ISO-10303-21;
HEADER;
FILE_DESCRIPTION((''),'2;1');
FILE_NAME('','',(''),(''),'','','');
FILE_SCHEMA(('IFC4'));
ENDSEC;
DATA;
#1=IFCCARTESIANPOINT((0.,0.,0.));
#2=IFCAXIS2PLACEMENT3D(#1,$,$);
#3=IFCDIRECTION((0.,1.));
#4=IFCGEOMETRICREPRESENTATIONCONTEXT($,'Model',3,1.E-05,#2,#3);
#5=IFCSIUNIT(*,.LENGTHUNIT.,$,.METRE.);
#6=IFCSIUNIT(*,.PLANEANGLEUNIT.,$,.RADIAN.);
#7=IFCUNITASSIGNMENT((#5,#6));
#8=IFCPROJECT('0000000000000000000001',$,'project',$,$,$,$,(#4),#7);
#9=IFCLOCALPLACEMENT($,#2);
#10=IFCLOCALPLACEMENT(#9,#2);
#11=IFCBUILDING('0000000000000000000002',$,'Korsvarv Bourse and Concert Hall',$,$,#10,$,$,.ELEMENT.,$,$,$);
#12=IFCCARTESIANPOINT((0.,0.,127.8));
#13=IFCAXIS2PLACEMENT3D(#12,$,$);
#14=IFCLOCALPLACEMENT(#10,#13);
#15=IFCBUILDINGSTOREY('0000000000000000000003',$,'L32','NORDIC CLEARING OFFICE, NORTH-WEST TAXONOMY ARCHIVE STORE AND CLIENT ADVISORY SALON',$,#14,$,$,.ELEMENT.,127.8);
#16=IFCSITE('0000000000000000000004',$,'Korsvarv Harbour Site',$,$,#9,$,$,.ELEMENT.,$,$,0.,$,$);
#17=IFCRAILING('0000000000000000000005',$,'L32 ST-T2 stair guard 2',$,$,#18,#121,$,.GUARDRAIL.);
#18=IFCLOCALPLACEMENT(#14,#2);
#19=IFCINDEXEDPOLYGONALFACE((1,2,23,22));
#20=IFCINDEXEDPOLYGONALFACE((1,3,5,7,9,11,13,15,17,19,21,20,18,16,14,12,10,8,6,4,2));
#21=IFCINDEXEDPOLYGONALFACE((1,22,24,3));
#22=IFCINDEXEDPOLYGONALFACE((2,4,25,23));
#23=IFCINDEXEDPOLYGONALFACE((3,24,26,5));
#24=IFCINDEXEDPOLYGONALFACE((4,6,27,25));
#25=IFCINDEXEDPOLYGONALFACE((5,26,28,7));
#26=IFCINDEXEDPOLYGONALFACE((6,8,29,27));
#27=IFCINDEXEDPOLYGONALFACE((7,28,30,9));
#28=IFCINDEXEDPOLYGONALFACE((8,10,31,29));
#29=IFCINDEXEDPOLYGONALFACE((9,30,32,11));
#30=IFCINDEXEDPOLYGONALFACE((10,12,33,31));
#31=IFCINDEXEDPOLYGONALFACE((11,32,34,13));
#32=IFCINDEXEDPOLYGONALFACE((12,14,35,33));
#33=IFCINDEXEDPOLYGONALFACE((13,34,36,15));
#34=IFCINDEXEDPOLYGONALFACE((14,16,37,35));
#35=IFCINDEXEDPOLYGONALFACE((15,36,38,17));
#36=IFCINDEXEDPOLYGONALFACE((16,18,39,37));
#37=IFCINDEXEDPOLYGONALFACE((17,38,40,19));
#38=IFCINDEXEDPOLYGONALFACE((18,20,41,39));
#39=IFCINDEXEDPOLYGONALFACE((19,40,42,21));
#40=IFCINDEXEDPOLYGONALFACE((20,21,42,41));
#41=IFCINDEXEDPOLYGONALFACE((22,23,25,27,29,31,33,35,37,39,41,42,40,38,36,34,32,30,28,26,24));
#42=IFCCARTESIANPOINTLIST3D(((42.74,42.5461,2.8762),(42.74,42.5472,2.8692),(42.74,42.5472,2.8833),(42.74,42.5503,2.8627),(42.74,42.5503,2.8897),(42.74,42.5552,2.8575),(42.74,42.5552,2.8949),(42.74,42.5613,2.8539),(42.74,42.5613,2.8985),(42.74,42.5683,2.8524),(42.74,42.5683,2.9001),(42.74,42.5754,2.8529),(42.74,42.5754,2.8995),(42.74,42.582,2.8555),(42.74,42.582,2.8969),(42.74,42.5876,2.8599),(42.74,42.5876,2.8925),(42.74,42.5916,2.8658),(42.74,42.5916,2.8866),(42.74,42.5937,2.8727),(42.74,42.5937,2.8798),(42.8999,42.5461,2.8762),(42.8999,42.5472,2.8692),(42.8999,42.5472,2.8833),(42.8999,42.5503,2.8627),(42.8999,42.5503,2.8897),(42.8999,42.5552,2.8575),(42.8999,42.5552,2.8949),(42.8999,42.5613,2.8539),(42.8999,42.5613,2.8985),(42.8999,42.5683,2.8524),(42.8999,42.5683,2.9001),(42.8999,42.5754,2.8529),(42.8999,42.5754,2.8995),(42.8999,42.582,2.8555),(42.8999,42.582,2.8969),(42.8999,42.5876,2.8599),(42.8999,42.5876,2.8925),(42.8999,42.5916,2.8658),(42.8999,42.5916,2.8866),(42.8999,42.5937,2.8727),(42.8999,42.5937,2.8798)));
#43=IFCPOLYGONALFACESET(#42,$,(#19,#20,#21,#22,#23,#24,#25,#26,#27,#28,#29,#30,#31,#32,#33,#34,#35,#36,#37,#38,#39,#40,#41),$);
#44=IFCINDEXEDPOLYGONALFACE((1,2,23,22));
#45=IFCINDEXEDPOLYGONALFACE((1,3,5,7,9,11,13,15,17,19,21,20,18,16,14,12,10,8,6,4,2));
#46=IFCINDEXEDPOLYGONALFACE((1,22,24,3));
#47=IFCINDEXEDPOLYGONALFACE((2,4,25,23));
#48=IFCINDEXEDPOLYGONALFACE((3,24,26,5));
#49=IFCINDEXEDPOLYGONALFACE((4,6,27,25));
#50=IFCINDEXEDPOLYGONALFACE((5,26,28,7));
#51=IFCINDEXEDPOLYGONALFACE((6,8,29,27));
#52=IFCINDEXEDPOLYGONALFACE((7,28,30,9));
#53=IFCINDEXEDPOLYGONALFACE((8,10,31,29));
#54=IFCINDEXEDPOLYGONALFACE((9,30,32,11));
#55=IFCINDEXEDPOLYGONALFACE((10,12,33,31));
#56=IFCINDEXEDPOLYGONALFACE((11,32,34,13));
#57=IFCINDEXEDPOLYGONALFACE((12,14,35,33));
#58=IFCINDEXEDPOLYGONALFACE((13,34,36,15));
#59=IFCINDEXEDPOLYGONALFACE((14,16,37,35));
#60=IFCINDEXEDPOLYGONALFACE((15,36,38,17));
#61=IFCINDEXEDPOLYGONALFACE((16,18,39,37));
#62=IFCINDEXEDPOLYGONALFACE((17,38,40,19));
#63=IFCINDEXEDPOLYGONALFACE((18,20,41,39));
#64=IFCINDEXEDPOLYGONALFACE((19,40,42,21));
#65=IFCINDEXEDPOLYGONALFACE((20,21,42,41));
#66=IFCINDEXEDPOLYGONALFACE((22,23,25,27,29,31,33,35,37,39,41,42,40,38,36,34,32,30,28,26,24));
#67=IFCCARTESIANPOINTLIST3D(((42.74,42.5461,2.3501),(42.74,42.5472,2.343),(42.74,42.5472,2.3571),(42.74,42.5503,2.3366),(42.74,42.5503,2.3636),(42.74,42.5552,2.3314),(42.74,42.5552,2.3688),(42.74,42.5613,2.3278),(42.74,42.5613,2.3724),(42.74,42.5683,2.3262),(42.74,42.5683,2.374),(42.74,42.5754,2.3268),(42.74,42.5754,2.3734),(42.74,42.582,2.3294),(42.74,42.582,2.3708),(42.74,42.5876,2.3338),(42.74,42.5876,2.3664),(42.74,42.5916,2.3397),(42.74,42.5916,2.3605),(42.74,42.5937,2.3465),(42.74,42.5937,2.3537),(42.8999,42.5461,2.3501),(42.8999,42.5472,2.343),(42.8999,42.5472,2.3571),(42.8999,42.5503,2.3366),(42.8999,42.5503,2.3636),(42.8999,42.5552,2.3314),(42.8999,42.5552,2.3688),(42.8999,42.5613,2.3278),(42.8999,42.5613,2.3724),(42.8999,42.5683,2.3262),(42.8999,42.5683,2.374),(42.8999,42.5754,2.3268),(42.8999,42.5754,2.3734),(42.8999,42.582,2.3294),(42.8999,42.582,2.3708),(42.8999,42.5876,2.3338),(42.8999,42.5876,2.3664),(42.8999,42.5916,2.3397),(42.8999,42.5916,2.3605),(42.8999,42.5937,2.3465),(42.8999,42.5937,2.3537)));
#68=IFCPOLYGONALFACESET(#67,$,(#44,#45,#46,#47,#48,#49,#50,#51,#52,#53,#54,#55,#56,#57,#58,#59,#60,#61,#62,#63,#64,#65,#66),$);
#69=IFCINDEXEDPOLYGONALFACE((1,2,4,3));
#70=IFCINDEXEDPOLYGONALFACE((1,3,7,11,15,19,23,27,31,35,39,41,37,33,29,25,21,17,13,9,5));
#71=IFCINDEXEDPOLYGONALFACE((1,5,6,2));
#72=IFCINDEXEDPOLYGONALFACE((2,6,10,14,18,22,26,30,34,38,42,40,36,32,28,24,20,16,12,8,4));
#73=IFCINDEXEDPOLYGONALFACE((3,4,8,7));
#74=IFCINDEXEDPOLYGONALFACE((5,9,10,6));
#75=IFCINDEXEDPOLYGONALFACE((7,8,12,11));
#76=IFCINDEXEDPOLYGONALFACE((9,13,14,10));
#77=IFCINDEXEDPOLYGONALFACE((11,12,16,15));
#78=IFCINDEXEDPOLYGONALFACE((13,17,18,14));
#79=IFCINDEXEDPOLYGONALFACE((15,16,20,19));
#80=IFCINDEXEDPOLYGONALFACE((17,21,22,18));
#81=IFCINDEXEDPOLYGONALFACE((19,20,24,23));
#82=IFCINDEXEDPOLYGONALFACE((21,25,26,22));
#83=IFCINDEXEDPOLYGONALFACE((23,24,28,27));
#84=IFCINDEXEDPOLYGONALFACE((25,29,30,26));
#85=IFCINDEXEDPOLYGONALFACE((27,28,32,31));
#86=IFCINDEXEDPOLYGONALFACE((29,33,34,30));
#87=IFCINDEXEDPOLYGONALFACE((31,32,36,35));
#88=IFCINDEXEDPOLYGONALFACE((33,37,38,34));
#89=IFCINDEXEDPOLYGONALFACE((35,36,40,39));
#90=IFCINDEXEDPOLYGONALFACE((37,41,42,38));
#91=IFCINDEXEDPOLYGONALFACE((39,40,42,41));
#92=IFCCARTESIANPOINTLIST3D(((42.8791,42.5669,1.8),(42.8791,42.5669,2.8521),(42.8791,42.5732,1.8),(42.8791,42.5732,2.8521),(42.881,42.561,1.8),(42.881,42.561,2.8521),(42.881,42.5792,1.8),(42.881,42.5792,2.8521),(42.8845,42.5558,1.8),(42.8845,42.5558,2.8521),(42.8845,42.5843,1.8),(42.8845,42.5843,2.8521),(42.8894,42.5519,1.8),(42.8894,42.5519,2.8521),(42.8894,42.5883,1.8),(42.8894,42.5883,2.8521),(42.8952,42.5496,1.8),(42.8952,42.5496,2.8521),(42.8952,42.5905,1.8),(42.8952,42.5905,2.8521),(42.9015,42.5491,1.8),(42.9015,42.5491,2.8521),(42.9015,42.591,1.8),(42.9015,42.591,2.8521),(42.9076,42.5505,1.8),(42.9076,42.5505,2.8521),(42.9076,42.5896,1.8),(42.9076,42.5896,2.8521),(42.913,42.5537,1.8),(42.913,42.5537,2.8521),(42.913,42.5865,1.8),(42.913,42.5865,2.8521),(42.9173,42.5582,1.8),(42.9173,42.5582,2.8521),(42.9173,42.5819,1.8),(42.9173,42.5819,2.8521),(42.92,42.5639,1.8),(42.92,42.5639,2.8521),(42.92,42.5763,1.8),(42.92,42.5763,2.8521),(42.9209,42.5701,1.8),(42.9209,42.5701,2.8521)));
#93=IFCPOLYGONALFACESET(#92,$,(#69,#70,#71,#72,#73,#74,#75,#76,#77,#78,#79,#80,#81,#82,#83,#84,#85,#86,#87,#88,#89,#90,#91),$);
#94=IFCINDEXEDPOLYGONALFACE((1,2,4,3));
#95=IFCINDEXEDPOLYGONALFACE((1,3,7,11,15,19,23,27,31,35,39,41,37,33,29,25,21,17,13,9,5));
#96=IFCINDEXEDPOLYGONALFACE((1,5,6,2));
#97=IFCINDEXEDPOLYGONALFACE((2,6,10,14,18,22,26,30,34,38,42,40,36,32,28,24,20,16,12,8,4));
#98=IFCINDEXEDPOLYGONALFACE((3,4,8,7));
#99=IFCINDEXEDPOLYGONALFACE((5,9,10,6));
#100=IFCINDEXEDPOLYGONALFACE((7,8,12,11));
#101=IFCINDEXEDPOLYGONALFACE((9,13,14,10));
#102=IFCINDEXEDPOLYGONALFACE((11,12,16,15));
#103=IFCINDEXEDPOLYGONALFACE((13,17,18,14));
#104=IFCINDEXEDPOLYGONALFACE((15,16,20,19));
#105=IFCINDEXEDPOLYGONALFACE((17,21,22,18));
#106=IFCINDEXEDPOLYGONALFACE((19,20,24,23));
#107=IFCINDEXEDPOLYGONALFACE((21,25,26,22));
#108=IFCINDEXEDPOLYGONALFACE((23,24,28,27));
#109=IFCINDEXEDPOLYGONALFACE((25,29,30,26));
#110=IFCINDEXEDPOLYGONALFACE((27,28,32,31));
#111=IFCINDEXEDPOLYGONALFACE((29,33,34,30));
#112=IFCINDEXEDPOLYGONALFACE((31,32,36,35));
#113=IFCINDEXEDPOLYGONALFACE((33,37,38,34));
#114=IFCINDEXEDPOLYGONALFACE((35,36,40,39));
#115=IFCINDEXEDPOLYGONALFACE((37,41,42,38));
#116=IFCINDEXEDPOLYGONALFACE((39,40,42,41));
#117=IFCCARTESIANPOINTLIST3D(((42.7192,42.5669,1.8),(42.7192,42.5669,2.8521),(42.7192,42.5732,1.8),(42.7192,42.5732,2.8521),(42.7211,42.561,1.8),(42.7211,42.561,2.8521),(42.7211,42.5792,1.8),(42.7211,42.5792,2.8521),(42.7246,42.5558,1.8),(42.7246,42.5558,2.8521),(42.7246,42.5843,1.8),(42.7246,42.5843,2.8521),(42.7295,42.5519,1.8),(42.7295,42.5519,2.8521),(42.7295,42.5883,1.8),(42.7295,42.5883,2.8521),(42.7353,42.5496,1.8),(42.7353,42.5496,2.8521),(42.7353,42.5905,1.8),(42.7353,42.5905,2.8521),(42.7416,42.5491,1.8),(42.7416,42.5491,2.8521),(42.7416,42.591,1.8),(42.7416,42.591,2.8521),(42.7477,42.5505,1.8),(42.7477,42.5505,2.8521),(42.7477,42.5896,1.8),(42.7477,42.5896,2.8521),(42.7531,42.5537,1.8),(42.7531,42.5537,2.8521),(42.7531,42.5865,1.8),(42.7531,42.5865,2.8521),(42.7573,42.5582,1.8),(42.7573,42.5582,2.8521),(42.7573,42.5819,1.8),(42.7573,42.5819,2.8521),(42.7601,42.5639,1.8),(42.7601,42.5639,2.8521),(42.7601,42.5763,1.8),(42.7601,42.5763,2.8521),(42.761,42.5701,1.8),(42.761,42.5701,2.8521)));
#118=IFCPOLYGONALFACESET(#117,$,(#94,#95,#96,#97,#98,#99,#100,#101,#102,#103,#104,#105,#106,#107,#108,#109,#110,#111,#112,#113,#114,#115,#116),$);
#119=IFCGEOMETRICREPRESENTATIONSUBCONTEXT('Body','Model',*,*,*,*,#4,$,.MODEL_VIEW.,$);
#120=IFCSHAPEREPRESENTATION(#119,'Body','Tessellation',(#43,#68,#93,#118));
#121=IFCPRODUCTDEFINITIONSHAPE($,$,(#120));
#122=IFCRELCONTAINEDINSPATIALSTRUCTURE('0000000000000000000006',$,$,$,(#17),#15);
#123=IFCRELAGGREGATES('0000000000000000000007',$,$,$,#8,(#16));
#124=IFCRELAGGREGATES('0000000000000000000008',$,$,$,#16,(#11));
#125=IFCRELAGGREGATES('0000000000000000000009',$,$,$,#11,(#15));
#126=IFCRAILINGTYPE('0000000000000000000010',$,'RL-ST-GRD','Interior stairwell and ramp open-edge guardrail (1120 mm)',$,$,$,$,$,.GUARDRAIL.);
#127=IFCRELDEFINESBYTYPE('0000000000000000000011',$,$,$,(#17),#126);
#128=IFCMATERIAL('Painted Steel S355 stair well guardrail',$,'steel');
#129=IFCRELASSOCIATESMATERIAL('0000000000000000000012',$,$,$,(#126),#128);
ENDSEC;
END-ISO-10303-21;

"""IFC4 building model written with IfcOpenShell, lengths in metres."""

from ifc_helpers import new_model, si_unit, direction, frame, origin, origin_2d, place, context, subcontext, project, spatial, circle, extrude, material, type_object, element, save


model = new_model("IFC4")

# Units and contexts
model_context = context("Model", 3, precision=1e-05, world=origin(), true_north=direction((0.0, 1.0)))
body_context = subcontext(model_context, "Body", "Model", "MODEL_VIEW")
ifc_project = project(units=[si_unit("LENGTHUNIT", "METRE"), si_unit("PLANEANGLEUNIT", "RADIAN")], contexts=[model_context])

# Site, building, storey
site_placement = place(None, origin())
site = spatial("IfcSite", under=ifc_project, at=site_placement, Name="Korsvarv Harbour Site", CompositionType="ELEMENT", RefElevation=0.0)
building_placement = place(site_placement, origin())
building = spatial("IfcBuilding", under=site, at=building_placement, Name="Korsvarv Bourse and Concert Hall", CompositionType="ELEMENT")
storey_placement = place(building_placement, frame((0.0, 0.0, 127.8)))
storey = spatial("IfcBuildingStorey", under=building, at=storey_placement, Name="L32", Description="NORDIC CLEARING OFFICE, NORTH-WEST TAXONOMY ARCHIVE STORE AND CLIENT ADVISORY SALON", CompositionType="ELEMENT", Elevation=127.8)

# Railing
ifc_material_1 = material(Name="Painted Steel S355 stair well guardrail", Category="steel")
railing_type_1 = type_object("IfcRailingType", Name="RL-ST-GRD", Description="Interior stairwell and ramp open-edge guardrail (1120 mm)", PredefinedType="GUARDRAIL", material=ifc_material_1)
railing_1_placement = place(storey_placement, frame((42.8999, 42.5701, 1.8)))
element("IfcRailing", 1, at=railing_1_placement, inside=storey, type_object=railing_type_1, Name="L32 ST-T2 stair guard 2", PredefinedType="GUARDRAIL", context=body_context, shape_type="SweptSolid", body=[
    extrude(circle(Radius=0.0239, at=origin_2d()), frame((0.0, 0.0, 1.0762), z_axis=(-1.0, 0.0, 0.0), x_axis=(0.0, -1.0, 0.0)), (0.0, 0.0, 1.0), 0.1599),
    extrude(circle(Radius=0.0239, at=origin_2d()), frame((0.0, 0.0, 0.55), z_axis=(-1.0, 0.0, 0.0), x_axis=(0.0, -1.0, 0.0)), (0.0, 0.0, 1.0), 0.1599),
    extrude(circle(Radius=0.021, at=origin_2d()), origin(), (0.0, 0.0, 1.0), 1.052),
    extrude(circle(Radius=0.021, at=origin_2d()), frame((-0.1599, 0.0, 0.0)), (0.0, 0.0, 1.0), 1.052),
])

save(model, "model.ifc")
